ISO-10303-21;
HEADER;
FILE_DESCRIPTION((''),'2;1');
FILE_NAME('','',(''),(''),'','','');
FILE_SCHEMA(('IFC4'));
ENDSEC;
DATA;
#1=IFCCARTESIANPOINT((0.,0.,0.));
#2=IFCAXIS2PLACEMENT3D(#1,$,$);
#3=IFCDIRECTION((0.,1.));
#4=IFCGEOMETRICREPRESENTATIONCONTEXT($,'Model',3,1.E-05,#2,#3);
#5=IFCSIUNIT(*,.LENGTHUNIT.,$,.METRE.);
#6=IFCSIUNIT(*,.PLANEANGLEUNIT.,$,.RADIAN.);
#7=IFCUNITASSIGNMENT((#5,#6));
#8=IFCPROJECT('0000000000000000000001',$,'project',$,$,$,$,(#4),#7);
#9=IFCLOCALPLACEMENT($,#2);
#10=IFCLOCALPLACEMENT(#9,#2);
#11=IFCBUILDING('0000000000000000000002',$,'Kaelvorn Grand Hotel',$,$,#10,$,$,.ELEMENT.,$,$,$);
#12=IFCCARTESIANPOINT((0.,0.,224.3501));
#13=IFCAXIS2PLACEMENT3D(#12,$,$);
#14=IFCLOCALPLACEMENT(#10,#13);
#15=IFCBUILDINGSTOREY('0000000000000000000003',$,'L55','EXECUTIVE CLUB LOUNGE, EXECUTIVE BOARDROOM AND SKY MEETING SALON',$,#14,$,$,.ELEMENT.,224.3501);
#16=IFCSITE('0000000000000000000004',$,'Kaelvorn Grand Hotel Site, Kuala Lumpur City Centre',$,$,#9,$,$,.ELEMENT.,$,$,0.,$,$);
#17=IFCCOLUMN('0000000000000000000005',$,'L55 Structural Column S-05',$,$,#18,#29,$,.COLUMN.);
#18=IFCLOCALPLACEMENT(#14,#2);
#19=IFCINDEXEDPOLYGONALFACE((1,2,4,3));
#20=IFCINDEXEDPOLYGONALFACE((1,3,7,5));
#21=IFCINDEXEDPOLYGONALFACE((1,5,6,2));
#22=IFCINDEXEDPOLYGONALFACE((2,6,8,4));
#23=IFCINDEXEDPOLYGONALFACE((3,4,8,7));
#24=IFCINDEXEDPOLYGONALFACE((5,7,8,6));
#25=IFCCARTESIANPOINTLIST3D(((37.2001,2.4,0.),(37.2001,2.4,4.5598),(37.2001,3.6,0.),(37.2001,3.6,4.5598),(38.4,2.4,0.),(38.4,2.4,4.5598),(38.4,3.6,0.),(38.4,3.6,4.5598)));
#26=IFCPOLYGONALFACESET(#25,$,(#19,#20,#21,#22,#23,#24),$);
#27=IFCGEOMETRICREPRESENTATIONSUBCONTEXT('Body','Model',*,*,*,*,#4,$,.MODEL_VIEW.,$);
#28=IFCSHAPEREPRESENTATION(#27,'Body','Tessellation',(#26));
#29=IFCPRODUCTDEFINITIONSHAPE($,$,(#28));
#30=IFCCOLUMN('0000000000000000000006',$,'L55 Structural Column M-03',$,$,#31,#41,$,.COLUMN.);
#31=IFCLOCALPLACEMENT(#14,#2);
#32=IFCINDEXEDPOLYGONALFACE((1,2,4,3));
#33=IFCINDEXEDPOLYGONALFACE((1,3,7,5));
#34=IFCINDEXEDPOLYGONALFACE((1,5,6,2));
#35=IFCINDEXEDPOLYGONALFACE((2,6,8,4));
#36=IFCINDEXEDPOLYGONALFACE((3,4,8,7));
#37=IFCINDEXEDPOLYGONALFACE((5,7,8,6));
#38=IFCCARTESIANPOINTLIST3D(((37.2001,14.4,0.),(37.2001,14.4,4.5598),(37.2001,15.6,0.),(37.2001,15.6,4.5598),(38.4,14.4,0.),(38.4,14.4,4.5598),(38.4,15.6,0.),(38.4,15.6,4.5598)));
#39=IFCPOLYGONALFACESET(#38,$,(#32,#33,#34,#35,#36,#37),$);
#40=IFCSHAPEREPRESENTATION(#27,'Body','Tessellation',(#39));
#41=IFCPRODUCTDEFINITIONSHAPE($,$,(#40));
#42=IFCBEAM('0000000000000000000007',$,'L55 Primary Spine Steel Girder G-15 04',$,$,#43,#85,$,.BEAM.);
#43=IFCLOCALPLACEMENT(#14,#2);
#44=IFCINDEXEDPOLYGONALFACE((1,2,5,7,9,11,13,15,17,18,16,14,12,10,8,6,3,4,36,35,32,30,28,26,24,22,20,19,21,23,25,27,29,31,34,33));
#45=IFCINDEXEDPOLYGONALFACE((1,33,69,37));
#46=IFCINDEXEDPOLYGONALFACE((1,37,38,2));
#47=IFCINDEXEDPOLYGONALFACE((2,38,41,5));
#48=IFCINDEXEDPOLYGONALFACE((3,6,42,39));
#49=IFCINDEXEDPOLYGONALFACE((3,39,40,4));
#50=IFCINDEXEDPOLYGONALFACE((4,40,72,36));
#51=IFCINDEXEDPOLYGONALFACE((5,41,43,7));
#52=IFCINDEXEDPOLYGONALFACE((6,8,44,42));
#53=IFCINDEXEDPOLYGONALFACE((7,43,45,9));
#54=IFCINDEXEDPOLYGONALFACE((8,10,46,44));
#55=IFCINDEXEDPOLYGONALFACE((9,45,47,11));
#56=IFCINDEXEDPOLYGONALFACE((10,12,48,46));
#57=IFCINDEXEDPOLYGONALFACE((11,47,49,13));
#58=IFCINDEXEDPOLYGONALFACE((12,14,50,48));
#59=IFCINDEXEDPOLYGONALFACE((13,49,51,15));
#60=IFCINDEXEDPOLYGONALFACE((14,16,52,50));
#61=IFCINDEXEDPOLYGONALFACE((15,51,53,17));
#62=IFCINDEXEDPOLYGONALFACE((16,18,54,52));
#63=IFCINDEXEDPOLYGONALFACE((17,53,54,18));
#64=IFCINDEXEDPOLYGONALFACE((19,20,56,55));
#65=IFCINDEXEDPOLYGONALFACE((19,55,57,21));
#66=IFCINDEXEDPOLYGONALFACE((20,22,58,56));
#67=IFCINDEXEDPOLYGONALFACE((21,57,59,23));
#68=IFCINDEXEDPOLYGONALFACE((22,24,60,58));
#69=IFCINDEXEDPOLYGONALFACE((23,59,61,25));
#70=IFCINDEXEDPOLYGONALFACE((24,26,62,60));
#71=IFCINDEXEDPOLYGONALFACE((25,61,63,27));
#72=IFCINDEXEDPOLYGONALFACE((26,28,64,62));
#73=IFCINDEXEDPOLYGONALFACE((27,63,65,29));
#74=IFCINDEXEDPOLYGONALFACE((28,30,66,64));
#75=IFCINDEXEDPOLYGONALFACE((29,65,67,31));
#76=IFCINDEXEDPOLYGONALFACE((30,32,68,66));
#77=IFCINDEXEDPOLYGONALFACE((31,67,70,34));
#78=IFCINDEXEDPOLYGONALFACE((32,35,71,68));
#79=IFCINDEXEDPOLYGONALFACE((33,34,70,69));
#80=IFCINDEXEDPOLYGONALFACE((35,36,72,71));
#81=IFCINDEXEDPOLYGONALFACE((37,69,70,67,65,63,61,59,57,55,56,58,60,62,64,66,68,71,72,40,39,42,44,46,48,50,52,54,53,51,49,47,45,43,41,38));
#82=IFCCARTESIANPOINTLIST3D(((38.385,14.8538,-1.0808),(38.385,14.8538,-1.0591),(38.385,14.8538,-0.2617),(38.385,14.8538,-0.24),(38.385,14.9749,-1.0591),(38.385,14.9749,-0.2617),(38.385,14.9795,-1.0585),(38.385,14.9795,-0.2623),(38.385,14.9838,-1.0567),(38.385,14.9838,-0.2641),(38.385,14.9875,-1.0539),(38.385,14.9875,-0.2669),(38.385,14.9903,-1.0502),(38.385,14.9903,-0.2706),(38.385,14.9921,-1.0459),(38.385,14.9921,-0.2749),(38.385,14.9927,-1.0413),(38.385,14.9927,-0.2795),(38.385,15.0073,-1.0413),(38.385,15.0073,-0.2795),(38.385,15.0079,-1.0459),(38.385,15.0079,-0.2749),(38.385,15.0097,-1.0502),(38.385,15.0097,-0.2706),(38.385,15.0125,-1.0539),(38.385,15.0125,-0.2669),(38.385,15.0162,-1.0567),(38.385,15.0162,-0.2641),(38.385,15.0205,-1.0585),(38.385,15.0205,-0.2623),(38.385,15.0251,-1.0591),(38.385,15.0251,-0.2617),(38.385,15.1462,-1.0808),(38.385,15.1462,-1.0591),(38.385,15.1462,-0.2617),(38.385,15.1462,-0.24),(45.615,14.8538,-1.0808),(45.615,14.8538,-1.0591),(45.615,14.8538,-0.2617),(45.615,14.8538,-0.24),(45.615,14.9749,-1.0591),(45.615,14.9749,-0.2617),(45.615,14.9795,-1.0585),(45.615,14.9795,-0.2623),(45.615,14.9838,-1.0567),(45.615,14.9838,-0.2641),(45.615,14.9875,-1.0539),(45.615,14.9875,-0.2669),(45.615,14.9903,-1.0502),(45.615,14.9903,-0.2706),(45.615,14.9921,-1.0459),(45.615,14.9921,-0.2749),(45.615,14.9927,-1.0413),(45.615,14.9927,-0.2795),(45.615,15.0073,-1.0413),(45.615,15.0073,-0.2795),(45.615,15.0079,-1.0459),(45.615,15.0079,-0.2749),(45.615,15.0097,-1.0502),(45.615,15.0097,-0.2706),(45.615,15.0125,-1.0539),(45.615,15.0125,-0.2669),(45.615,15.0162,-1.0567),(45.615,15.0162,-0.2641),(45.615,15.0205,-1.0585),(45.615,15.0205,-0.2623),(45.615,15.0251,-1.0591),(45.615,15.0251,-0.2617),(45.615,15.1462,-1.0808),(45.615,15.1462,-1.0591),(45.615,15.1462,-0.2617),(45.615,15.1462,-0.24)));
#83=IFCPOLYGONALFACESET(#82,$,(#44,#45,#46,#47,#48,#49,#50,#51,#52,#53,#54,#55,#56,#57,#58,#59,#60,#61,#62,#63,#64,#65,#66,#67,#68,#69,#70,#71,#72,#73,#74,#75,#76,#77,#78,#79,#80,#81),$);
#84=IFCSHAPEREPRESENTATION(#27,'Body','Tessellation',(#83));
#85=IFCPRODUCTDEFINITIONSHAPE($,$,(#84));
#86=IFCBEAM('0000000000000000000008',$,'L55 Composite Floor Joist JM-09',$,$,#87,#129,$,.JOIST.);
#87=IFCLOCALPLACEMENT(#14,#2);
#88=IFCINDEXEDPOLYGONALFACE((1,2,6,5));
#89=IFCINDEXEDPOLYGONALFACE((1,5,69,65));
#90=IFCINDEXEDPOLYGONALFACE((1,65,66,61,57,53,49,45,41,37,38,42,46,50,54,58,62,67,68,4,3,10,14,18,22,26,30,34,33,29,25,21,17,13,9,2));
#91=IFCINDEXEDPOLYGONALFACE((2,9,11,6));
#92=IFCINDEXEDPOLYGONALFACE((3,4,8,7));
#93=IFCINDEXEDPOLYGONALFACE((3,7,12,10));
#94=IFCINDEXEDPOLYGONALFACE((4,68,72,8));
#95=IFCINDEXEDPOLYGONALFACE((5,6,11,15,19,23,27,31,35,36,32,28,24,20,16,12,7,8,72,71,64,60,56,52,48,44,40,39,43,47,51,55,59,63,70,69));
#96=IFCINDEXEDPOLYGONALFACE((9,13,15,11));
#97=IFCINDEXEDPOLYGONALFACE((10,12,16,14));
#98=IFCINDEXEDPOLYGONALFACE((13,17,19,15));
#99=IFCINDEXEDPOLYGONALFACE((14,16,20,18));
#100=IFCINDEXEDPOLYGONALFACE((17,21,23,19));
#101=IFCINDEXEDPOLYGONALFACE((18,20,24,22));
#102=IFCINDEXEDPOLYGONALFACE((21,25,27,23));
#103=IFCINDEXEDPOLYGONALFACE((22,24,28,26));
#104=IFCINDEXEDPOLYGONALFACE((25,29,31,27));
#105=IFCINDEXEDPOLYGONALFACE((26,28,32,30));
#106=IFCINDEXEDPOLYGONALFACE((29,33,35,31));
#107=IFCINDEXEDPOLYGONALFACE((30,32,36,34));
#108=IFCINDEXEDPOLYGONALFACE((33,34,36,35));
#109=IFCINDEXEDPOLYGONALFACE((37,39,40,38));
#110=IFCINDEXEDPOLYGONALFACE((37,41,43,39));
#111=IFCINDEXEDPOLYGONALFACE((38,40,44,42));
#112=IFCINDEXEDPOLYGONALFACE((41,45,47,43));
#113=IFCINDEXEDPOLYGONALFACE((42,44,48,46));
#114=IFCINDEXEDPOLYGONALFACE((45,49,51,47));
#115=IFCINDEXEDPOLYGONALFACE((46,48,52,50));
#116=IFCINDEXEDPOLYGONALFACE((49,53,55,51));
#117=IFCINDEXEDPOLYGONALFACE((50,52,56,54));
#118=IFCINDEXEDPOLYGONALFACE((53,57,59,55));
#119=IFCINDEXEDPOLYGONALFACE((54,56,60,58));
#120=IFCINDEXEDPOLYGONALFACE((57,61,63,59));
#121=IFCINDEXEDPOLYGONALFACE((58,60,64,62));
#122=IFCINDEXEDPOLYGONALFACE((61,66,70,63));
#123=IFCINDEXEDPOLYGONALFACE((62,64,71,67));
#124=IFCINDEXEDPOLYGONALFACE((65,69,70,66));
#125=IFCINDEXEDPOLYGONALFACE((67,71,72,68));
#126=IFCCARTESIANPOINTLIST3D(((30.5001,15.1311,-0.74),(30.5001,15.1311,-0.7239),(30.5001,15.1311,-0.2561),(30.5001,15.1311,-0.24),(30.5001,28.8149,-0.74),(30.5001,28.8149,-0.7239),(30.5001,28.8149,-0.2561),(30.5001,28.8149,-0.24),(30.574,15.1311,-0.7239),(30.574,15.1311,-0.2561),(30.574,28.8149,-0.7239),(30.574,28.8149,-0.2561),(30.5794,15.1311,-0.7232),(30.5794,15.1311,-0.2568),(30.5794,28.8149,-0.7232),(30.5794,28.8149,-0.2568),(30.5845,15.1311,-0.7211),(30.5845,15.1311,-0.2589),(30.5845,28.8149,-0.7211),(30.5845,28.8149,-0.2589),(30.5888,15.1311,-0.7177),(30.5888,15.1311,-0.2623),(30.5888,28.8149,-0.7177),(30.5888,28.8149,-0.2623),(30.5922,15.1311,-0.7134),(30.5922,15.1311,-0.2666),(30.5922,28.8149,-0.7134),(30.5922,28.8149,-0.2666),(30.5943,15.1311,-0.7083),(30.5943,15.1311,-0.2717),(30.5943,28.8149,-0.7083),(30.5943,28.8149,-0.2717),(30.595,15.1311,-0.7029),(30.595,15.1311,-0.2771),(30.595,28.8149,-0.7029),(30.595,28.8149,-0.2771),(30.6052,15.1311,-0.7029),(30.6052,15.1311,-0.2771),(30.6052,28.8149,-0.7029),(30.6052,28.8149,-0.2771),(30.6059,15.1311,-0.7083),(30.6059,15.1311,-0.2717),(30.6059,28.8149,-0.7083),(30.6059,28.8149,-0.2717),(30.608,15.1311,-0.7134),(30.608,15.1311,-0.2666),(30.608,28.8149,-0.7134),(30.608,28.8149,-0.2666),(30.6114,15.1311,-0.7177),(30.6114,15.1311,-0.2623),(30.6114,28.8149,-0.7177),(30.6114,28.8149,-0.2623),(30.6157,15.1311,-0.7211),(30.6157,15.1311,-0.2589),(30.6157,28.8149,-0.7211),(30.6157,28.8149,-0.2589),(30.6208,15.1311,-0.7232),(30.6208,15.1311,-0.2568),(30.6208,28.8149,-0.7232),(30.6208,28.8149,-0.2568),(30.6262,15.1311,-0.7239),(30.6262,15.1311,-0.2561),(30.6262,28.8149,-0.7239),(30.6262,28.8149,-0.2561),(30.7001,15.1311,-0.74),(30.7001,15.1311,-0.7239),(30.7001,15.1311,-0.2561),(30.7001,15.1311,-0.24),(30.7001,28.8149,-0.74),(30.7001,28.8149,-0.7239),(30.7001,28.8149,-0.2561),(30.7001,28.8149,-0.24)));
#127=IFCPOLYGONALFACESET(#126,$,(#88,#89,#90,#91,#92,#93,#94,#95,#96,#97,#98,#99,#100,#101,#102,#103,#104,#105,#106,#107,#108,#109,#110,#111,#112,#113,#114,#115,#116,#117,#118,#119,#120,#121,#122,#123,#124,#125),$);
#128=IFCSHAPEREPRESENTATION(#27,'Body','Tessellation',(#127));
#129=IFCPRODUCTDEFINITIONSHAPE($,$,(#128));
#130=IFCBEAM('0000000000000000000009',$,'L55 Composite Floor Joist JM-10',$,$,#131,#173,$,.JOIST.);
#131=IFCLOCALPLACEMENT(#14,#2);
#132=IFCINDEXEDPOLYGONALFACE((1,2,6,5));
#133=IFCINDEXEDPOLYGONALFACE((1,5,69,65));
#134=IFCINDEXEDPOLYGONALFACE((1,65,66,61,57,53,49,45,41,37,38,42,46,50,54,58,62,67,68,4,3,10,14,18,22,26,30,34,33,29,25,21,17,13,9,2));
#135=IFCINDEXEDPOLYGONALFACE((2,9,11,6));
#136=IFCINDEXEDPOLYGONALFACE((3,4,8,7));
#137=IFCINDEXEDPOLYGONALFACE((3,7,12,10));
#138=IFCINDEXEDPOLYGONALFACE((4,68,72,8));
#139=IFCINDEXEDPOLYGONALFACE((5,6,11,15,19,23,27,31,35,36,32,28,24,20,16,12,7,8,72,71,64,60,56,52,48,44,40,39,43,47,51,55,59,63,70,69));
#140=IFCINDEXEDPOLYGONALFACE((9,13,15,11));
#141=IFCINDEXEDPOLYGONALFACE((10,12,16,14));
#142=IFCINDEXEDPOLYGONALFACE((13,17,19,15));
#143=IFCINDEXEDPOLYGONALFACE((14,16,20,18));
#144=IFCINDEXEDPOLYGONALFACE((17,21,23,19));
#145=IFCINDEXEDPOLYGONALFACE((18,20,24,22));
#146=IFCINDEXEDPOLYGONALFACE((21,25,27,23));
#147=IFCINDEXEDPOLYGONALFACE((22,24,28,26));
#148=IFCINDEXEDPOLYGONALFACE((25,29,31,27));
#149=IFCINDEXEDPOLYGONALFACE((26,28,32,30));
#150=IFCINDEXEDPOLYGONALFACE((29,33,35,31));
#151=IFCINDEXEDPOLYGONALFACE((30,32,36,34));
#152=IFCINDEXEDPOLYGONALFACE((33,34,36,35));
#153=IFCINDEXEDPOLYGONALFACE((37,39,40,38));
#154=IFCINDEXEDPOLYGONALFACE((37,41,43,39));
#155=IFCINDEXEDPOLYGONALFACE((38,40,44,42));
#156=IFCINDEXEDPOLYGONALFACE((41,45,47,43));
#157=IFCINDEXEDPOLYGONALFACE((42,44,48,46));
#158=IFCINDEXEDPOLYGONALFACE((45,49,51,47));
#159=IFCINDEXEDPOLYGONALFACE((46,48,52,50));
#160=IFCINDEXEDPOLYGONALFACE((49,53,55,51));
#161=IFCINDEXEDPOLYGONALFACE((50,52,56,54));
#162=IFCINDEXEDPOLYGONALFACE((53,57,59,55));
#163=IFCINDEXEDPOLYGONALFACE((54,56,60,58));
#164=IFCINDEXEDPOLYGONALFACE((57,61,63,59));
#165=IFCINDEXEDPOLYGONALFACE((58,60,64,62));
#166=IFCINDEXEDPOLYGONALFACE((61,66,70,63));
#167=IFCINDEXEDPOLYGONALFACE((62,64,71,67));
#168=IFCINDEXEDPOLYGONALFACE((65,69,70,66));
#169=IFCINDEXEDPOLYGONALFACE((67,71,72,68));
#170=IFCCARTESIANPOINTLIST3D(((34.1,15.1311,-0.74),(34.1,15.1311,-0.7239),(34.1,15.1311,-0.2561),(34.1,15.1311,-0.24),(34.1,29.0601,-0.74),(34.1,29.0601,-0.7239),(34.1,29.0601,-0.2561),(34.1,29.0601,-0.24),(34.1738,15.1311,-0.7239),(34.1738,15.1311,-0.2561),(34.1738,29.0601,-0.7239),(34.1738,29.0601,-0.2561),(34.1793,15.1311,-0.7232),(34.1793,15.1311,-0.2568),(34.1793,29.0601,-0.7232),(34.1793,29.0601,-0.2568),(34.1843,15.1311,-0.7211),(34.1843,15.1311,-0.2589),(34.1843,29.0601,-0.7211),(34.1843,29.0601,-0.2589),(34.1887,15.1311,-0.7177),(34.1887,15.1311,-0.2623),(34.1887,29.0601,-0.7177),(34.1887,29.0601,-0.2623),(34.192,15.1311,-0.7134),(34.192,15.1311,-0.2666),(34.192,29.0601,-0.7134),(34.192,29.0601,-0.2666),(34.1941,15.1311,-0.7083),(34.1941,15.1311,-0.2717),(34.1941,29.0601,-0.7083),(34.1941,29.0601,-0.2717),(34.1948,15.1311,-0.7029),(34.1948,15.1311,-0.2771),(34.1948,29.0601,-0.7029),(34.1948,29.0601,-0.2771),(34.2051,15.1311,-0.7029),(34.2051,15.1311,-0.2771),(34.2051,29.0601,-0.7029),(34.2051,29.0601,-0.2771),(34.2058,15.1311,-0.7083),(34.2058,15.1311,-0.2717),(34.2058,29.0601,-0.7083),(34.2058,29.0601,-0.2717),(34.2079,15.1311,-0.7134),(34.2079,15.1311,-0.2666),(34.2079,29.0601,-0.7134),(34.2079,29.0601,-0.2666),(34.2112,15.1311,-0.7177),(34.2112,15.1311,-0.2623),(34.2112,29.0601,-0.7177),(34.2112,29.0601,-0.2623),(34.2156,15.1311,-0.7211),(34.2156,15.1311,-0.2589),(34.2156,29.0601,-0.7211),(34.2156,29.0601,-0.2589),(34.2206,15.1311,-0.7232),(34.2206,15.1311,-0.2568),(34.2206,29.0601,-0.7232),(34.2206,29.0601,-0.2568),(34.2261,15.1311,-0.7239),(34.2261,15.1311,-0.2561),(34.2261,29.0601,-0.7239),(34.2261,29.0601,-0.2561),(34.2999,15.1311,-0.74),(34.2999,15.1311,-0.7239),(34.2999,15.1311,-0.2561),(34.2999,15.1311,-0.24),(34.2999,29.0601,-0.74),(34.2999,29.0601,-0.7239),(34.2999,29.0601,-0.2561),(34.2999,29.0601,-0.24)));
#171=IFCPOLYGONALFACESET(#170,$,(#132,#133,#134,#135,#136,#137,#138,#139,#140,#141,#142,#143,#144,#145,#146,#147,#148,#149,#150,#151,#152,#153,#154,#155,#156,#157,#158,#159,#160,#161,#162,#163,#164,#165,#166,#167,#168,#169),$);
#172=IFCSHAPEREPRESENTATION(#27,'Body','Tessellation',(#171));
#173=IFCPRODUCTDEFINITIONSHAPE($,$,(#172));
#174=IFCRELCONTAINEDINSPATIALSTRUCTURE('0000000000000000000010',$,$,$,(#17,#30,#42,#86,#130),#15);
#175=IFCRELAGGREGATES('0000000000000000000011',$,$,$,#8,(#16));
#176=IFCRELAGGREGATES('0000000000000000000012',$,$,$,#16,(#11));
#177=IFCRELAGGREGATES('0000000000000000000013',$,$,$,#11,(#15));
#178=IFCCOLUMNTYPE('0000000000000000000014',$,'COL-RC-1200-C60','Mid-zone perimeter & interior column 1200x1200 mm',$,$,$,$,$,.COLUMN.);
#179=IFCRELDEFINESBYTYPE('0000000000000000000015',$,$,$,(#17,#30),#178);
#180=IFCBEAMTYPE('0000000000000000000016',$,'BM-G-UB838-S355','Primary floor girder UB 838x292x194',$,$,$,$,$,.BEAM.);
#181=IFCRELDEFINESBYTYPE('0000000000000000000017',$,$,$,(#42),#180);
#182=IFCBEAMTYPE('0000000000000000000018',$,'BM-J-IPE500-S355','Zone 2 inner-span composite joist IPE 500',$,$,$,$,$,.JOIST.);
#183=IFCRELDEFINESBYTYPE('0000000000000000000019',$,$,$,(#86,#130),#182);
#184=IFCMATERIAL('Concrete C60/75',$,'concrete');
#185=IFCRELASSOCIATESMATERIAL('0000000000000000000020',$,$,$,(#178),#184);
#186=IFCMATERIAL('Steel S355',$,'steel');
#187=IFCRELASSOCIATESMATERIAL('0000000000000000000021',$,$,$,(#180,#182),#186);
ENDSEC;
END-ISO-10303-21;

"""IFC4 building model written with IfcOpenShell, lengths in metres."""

from ifc_helpers import new_model, si_unit, direction, frame, origin, origin_2d, place, context, subcontext, project, spatial, rectangle, i_section, extrude, material, material_profile, profile_set, type_object, element, save


model = new_model("IFC4")

# Units and contexts
model_context = context("Model", 3, precision=1e-05, world=origin(), true_north=direction((0.0, 1.0)))
body_context = subcontext(model_context, "Body", "Model", "MODEL_VIEW")
ifc_project = project(units=[si_unit("LENGTHUNIT", "METRE"), si_unit("PLANEANGLEUNIT", "RADIAN")], contexts=[model_context])

# Site, building, storey
site_placement = place(None, origin())
site = spatial("IfcSite", under=ifc_project, at=site_placement, Name="Kaelvorn Grand Hotel Site, Kuala Lumpur City Centre", CompositionType="ELEMENT", RefElevation=0.0)
building_placement = place(site_placement, origin())
building = spatial("IfcBuilding", under=site, at=building_placement, Name="Kaelvorn Grand Hotel", CompositionType="ELEMENT")
storey_placement = place(building_placement, frame((0.0, 0.0, 224.3501)))
storey = spatial("IfcBuildingStorey", under=building, at=storey_placement, Name="L55", Description="EXECUTIVE CLUB LOUNGE, EXECUTIVE BOARDROOM AND SKY MEETING SALON", CompositionType="ELEMENT", Elevation=224.3501)

# Columns
ifc_material_1 = material(Name="Concrete C60/75", Category="concrete")
ifc_material_profile_1 = material_profile(ifc_material_1, rectangle(XDim=1.2, YDim=1.2, at=origin_2d()), Name="RC COL 1200x1200")
ifc_profile_set_1 = profile_set([ifc_material_profile_1], Name="Concrete C60/75")
column_type = type_object("IfcColumnType", Name="COL-RC-1200-C60", Description="Mid-zone perimeter & interior column 1200x1200 mm", PredefinedType="COLUMN", material=ifc_profile_set_1)
for number, where, z_axis, x_axis, name in (
    (1, (37.8, 3.0, 0.0), (0.0, 0.0, 1.0), (1.0, 0.0, 0.0), "L55 Structural Column S-05"),
    (2, (37.8, 15.0, 0.0), (0.0, 0.0, 1.0), (1.0, 0.0, 0.0), "L55 Structural Column M-03"),
):
    element("IfcColumn", number, at=place(storey_placement, frame(where, z_axis=z_axis, x_axis=x_axis)), inside=storey, type_object=column_type, Name=name, PredefinedType="COLUMN", context=body_context, shape_type="SweptSolid", body=[
        extrude(rectangle(XDim=1.2, YDim=1.2, at=origin_2d()), origin(), (0.0, 0.0, 1.0), 4.5598),
    ])

# Beams
ifc_material_2 = material(Name="Steel S355", Category="steel")
ifc_material_profile_2 = material_profile(ifc_material_2, i_section(OverallWidth=0.2925, OverallDepth=0.8408, WebThickness=0.0146, FlangeThickness=0.0217, FilletRadius=0.0178, at=origin_2d()), Name="UB 838x292x194")
ifc_profile_set_2 = profile_set([ifc_material_profile_2], Name="Steel S355")
beam_type_1 = type_object("IfcBeamType", Name="BM-G-UB838-S355", Description="Primary floor girder UB 838x292x194", PredefinedType="BEAM", material=ifc_profile_set_2)
beam_1_placement = place(storey_placement, frame((38.385, 15.0, -0.6604), z_axis=(1.0, 0.0, 0.0), x_axis=(0.0, 1.0, 0.0)))
element("IfcBeam", 3, at=beam_1_placement, inside=storey, type_object=beam_type_1, Name="L55 Primary Spine Steel Girder G-15 04", PredefinedType="BEAM", context=body_context, shape_type="SweptSolid", body=[
    extrude(i_section(OverallWidth=0.2925, OverallDepth=0.8408, WebThickness=0.0146, FlangeThickness=0.0217, FilletRadius=0.0178, at=origin_2d()), origin(), (0.0, 0.0, 1.0), 7.23),
])
ifc_material_profile_3 = material_profile(ifc_material_2, i_section(OverallWidth=0.2, OverallDepth=0.5, WebThickness=0.0103, FlangeThickness=0.0161, FilletRadius=0.021, at=origin_2d()), Name="IPE 500")
ifc_profile_set_3 = profile_set([ifc_material_profile_3], Name="Steel S355")
beam_type_2 = type_object("IfcBeamType", Name="BM-J-IPE500-S355", Description="Zone 2 inner-span composite joist IPE 500", PredefinedType="JOIST", material=ifc_profile_set_3)
beam_2_placement = place(storey_placement, frame((30.6001, 15.1311, -0.49), z_axis=(0.0, 1.0, 0.0), x_axis=(-1.0, 0.0, 0.0)))
element("IfcBeam", 4, at=beam_2_placement, inside=storey, type_object=beam_type_2, Name="L55 Composite Floor Joist JM-09", PredefinedType="JOIST", context=body_context, shape_type="SweptSolid", body=[
    extrude(i_section(OverallWidth=0.2, OverallDepth=0.5, WebThickness=0.0103, FlangeThickness=0.0161, FilletRadius=0.021, at=origin_2d()), origin(), (0.0, 0.0, 1.0), 13.6838),
])
beam_3_placement = place(storey_placement, frame((34.2, 15.1311, -0.49), z_axis=(0.0, 1.0, 0.0), x_axis=(-1.0, 0.0, 0.0)))
element("IfcBeam", 5, at=beam_3_placement, inside=storey, type_object=beam_type_2, Name="L55 Composite Floor Joist JM-10", PredefinedType="JOIST", context=body_context, shape_type="SweptSolid", body=[
    extrude(i_section(OverallWidth=0.2, OverallDepth=0.5, WebThickness=0.0103, FlangeThickness=0.0161, FilletRadius=0.021, at=origin_2d()), origin(), (0.0, 0.0, 1.0), 13.929),
])

save(model, "model.ifc")
